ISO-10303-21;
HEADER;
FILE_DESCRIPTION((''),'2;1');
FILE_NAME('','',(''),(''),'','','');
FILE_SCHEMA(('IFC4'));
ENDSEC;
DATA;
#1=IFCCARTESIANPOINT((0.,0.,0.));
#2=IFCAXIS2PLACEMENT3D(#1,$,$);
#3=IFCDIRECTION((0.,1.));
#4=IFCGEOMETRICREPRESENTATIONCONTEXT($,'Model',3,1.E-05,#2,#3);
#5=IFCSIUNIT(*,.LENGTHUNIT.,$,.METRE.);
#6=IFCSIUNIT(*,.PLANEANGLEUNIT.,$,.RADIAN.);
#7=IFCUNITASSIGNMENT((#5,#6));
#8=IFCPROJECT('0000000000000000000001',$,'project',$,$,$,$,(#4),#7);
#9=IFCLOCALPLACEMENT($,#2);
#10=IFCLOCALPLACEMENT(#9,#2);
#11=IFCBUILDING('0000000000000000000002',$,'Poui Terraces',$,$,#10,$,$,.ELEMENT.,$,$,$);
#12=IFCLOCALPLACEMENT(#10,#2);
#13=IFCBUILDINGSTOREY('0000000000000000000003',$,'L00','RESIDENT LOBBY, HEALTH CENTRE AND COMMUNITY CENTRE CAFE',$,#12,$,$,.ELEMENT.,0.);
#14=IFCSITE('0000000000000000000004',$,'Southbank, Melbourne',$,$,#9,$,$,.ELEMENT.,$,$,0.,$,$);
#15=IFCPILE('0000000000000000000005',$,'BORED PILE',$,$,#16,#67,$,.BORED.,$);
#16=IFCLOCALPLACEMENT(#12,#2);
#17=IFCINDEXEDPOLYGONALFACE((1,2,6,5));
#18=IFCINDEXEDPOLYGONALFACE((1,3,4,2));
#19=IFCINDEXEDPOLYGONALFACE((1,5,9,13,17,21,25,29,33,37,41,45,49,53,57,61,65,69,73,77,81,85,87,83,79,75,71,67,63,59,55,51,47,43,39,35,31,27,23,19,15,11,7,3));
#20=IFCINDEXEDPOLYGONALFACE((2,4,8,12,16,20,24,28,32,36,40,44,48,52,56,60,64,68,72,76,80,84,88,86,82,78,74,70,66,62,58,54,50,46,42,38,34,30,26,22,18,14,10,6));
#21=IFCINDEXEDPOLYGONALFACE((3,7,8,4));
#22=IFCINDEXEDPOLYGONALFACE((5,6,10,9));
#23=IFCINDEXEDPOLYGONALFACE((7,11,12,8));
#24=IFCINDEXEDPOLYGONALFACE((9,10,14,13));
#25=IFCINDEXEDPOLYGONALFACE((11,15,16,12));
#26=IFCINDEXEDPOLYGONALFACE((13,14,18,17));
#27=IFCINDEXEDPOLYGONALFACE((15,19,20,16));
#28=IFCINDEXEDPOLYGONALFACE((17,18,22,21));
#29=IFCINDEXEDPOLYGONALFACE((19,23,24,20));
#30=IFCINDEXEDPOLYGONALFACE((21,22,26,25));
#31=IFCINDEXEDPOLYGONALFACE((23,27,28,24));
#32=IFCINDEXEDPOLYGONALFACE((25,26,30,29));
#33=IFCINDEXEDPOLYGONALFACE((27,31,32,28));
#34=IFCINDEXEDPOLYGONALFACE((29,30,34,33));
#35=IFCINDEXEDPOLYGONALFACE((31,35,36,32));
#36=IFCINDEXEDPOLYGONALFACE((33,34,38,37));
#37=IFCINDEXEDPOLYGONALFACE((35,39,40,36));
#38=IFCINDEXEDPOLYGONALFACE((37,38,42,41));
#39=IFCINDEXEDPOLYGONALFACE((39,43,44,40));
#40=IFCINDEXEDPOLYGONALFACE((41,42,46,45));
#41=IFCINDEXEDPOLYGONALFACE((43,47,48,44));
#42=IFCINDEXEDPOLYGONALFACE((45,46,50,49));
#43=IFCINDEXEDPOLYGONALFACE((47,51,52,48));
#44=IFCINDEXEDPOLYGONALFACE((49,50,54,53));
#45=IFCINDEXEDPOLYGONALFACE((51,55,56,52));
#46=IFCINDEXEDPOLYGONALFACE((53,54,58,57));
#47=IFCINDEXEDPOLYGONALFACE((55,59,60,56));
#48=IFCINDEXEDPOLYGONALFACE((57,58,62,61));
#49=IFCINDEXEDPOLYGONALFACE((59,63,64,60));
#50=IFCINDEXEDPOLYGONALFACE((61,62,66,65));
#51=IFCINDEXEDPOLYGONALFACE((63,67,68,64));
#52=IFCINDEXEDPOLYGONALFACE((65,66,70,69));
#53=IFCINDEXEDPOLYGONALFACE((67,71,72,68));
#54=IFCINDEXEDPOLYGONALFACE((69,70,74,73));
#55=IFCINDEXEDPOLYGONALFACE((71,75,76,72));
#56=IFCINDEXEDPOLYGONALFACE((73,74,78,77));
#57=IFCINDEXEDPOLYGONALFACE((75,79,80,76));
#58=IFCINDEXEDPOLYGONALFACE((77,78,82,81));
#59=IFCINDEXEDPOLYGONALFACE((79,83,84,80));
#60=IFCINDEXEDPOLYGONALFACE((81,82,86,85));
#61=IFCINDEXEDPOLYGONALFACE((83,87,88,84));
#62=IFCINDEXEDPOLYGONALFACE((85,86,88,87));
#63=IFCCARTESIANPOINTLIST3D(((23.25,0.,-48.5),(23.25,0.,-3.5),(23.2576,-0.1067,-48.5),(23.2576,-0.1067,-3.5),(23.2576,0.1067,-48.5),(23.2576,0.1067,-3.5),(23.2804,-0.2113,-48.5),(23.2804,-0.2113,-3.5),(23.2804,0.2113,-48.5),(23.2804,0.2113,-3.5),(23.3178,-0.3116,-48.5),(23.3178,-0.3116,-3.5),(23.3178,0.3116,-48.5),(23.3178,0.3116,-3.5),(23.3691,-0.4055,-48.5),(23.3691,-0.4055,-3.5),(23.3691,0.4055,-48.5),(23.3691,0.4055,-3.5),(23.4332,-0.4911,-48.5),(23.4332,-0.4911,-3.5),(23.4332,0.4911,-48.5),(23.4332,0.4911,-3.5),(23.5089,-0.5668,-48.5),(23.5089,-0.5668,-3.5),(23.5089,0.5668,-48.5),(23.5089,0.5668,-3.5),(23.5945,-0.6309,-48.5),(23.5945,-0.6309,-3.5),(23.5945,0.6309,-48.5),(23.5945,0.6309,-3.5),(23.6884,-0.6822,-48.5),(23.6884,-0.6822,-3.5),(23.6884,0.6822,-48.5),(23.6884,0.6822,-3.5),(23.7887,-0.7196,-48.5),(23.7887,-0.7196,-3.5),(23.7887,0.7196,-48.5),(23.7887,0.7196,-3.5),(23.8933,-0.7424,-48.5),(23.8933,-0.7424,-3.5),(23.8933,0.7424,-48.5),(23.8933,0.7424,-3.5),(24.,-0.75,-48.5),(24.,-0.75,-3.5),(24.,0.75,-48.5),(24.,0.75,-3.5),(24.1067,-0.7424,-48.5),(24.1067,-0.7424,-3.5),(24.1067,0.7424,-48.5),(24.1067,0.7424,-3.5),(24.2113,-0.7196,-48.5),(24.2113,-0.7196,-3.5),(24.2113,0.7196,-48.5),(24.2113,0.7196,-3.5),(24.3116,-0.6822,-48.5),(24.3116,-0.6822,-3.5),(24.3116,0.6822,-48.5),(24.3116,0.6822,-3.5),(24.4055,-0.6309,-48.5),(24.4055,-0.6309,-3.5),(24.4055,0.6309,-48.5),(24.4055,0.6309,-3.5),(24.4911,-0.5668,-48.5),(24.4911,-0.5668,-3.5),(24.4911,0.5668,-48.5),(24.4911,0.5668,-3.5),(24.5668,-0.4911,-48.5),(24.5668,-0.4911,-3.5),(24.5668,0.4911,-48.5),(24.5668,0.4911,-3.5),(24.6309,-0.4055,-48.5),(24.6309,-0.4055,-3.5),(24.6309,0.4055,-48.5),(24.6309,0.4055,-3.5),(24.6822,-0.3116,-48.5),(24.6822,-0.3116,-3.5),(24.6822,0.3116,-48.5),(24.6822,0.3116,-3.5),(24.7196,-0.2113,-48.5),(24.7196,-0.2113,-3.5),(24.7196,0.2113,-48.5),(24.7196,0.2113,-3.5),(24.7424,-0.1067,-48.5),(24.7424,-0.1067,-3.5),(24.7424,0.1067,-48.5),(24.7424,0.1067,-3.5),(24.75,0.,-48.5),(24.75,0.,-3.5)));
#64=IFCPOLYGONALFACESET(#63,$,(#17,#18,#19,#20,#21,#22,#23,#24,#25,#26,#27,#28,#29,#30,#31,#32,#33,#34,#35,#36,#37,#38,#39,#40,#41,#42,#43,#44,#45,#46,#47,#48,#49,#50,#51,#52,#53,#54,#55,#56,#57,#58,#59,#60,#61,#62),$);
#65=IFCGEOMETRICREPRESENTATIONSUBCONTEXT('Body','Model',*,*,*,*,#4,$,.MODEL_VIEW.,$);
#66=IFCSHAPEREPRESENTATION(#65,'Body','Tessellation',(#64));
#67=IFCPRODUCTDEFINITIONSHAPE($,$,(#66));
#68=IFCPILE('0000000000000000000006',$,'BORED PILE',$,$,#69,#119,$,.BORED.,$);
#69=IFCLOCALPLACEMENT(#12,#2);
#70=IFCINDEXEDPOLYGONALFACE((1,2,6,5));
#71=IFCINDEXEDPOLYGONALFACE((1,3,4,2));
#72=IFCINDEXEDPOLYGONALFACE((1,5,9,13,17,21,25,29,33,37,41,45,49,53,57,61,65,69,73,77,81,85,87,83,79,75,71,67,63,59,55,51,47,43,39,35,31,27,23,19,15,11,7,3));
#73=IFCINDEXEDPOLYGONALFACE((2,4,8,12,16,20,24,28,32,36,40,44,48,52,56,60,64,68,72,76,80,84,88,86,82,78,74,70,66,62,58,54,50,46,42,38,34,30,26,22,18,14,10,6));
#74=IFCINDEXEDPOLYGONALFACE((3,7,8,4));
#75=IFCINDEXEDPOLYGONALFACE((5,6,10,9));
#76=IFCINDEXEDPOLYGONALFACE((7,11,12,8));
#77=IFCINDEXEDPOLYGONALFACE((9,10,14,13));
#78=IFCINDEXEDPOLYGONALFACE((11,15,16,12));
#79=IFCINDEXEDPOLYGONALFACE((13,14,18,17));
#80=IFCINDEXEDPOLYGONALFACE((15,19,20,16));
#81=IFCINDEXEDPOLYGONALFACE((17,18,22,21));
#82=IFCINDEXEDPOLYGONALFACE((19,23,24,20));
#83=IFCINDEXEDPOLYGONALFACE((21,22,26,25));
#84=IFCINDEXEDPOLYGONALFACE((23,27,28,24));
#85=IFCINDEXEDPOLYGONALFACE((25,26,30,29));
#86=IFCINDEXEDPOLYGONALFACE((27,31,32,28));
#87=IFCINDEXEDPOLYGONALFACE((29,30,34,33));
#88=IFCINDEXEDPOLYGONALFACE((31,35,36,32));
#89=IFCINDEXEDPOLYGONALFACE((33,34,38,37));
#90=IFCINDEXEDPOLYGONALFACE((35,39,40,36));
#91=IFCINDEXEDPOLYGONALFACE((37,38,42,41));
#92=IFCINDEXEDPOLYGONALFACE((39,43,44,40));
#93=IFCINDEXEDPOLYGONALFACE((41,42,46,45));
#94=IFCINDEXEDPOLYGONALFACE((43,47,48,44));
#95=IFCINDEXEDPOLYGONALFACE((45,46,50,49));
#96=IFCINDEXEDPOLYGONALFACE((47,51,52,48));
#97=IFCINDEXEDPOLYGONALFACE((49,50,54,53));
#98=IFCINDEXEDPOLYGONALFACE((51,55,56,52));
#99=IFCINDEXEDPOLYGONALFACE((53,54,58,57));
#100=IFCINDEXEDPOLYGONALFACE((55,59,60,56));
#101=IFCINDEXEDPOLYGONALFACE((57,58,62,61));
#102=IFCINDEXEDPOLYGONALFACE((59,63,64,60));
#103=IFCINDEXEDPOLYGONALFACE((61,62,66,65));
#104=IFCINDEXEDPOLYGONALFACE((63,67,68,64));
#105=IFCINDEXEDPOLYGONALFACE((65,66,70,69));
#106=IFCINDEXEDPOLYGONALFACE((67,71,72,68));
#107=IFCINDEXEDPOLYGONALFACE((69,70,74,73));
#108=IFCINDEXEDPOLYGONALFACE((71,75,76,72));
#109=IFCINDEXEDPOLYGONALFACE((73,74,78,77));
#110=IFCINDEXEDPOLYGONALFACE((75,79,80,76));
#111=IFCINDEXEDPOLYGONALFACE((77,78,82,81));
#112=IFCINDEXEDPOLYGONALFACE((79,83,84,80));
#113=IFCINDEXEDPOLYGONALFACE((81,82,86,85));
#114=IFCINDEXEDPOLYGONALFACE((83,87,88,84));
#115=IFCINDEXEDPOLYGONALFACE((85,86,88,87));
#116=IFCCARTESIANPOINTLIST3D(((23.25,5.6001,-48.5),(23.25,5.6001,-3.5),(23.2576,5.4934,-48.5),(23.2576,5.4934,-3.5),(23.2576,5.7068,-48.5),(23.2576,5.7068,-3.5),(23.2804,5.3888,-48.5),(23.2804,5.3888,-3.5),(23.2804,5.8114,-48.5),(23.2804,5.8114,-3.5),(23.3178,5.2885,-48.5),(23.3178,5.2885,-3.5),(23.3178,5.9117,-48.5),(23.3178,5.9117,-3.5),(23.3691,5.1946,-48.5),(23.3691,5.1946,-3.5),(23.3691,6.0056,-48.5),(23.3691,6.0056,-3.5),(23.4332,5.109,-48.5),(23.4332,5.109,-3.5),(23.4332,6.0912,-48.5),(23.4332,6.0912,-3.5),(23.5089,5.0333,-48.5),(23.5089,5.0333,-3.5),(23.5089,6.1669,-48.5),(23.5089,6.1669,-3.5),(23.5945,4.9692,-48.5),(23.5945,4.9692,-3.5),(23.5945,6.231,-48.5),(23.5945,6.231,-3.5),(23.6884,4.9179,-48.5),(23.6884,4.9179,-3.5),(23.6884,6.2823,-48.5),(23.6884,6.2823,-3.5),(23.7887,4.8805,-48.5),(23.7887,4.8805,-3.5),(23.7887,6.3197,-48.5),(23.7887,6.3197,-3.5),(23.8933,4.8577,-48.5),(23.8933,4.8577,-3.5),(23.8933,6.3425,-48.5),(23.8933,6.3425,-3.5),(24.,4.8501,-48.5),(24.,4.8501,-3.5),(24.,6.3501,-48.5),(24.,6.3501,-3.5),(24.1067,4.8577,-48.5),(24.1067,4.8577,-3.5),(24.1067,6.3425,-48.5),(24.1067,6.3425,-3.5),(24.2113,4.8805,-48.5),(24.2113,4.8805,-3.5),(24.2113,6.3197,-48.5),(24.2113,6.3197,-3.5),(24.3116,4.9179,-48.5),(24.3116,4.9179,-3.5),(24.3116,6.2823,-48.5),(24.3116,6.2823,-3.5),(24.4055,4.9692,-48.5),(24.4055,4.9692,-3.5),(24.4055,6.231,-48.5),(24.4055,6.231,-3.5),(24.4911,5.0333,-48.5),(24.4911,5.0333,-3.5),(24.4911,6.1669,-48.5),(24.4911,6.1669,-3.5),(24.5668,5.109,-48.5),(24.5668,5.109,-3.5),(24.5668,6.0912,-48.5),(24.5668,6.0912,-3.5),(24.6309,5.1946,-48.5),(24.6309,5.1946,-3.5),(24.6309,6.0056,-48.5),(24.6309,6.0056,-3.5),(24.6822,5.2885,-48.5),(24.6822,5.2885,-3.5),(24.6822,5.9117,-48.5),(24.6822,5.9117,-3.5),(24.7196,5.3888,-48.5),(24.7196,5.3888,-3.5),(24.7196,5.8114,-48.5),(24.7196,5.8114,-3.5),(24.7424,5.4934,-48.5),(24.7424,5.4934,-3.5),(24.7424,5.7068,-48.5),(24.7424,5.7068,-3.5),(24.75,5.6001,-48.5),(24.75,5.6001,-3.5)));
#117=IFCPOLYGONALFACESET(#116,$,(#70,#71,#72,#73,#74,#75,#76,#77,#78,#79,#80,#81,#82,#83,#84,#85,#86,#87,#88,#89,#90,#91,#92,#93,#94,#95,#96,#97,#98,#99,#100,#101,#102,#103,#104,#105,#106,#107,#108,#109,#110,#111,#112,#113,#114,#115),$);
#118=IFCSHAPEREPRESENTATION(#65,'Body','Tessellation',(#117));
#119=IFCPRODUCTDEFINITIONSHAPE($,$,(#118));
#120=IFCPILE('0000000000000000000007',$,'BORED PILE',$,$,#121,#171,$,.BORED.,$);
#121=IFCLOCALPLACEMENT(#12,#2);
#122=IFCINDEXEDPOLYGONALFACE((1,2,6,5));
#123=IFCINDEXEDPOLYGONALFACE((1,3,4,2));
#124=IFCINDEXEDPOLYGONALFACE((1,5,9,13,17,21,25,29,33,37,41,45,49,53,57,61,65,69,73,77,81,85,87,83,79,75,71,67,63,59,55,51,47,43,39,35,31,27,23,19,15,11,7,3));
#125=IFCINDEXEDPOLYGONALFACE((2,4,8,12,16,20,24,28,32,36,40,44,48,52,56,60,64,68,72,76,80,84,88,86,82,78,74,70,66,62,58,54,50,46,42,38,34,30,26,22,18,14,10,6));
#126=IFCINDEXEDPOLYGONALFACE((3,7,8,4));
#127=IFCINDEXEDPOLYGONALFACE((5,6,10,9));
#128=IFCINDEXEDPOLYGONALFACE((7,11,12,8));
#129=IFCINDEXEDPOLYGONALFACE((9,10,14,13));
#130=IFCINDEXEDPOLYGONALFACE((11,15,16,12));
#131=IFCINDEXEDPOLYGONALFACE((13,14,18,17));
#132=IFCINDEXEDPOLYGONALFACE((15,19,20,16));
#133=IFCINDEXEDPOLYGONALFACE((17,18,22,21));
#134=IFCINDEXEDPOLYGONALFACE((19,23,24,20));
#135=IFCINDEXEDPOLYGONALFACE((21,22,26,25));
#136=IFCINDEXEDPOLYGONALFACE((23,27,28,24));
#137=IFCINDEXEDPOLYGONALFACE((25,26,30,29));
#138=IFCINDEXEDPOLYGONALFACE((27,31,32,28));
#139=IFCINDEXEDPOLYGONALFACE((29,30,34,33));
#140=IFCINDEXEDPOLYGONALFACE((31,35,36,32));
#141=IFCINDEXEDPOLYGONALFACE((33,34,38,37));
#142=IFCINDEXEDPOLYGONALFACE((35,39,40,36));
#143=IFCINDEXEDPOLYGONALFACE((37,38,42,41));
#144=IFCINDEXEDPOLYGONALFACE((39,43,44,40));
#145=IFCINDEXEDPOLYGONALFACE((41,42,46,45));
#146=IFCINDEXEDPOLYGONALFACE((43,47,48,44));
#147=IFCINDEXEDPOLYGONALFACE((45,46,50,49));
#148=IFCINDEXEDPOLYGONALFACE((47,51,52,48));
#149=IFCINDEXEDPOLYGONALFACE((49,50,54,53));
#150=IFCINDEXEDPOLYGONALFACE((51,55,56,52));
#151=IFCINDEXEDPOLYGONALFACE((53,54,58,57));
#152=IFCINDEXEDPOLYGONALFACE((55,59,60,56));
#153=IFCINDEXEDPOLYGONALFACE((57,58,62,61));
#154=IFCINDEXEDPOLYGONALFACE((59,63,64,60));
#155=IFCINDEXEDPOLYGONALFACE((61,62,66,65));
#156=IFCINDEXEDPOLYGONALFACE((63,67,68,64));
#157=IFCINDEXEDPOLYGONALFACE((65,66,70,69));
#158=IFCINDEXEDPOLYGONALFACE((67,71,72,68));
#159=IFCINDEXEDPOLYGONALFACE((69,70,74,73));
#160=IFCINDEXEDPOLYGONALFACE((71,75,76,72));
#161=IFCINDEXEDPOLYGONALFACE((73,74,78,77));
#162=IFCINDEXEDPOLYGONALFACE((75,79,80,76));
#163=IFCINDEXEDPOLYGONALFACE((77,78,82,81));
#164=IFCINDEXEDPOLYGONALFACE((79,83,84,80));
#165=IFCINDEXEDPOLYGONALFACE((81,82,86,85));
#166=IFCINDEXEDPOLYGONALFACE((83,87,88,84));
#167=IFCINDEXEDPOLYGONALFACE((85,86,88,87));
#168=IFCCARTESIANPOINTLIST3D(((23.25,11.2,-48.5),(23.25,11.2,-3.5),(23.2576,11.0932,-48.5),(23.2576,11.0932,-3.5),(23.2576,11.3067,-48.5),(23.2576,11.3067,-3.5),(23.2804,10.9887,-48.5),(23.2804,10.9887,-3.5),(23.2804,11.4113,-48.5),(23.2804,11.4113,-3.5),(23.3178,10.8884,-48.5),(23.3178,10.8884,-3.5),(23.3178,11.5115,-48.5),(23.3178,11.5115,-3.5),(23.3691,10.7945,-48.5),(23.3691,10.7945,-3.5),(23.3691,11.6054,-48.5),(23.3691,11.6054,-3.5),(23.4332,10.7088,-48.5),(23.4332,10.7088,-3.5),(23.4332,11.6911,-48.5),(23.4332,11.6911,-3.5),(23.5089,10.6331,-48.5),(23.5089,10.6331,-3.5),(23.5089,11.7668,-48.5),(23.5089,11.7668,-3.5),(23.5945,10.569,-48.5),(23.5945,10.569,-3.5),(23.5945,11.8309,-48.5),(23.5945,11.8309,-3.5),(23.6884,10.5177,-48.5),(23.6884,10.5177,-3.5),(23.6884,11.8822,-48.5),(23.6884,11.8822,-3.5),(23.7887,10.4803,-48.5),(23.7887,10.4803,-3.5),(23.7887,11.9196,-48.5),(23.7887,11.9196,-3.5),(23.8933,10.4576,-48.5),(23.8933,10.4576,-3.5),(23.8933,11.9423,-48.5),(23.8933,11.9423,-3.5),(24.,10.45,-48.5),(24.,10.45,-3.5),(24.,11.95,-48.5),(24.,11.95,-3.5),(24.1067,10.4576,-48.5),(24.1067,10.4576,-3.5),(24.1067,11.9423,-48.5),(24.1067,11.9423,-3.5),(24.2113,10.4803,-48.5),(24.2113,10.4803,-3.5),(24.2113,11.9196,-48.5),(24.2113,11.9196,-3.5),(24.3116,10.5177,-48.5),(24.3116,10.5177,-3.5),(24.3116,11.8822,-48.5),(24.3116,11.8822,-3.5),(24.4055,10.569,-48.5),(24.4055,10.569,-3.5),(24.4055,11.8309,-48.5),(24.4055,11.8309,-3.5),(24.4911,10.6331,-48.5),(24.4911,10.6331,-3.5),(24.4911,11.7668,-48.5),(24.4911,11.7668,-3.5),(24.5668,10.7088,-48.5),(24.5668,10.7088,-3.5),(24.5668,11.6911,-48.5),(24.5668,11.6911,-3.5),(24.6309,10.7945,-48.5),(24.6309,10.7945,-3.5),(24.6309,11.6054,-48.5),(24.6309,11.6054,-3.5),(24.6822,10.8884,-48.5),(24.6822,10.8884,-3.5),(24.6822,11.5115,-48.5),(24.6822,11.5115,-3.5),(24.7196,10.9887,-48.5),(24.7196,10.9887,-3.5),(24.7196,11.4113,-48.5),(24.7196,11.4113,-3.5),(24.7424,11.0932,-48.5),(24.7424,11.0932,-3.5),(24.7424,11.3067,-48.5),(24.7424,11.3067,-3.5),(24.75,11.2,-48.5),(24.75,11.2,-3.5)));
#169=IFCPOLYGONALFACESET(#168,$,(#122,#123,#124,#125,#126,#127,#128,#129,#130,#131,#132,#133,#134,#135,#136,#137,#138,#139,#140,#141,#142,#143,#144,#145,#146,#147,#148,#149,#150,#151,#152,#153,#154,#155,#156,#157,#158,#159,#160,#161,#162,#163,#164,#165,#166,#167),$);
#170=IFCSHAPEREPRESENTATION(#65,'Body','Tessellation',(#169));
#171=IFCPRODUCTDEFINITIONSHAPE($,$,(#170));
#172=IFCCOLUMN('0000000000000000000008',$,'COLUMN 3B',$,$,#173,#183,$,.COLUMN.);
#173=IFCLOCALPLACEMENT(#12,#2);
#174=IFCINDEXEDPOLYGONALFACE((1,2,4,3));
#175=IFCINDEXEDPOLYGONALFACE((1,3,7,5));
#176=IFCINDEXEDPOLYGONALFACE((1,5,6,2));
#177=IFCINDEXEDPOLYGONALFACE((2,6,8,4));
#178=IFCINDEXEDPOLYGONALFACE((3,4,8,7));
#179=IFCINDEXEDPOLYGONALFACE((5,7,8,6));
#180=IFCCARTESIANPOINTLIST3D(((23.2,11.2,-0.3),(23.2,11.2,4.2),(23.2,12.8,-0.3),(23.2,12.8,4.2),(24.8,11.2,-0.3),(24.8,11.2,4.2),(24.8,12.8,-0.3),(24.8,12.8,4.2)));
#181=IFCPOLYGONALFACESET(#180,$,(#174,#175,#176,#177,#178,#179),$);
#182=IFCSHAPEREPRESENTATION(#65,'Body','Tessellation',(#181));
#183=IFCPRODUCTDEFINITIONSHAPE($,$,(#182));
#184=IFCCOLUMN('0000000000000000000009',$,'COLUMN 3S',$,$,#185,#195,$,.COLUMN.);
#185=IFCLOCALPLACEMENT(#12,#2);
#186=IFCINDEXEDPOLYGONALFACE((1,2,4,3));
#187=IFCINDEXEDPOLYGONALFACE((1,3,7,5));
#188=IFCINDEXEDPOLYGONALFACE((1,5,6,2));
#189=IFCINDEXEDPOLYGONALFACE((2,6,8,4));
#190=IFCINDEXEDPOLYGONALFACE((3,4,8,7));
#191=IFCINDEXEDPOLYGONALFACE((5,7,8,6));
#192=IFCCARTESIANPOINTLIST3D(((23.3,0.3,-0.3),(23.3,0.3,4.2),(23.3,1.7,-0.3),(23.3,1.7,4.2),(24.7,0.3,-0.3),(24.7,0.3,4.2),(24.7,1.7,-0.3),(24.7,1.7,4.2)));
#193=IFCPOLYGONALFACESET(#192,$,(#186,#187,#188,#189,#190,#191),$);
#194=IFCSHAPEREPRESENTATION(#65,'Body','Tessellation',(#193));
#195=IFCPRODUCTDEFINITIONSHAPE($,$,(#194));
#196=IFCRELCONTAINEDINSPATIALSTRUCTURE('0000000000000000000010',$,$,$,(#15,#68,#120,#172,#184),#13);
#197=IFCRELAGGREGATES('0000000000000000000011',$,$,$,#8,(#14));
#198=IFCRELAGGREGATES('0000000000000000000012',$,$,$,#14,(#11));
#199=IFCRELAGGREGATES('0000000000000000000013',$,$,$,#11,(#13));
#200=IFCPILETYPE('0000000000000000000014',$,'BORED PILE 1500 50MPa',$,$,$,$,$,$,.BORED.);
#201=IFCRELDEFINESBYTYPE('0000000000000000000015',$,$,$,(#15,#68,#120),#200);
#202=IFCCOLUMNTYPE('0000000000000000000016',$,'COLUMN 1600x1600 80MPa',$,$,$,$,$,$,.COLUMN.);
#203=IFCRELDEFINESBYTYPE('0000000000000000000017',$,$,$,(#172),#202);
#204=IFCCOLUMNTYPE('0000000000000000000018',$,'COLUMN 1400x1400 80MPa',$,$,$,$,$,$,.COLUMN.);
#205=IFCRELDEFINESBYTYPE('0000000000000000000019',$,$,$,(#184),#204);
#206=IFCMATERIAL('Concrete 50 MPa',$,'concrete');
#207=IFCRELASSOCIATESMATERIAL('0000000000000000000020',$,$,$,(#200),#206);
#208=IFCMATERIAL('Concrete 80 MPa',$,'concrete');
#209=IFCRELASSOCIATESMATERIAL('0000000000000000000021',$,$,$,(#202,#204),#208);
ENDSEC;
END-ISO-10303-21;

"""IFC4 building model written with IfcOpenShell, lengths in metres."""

from ifc_helpers import new_model, si_unit, direction, frame, origin, origin_2d, place, context, subcontext, project, spatial, rectangle, circle, extrude, source, transform, mapped, material, material_profile, profile_set, type_object, element, save


model = new_model("IFC4")

# Units and contexts
model_context = context("Model", 3, precision=1e-05, world=origin(), true_north=direction((0.0, 1.0)))
body_context = subcontext(model_context, "Body", "Model", "MODEL_VIEW")
ifc_project = project(units=[si_unit("LENGTHUNIT", "METRE"), si_unit("PLANEANGLEUNIT", "RADIAN")], contexts=[model_context])

# Site, building, storey
site_placement = place(None, origin())
site = spatial("IfcSite", under=ifc_project, at=site_placement, Name="Southbank, Melbourne", CompositionType="ELEMENT", RefElevation=0.0)
building_placement = place(site_placement, origin())
building = spatial("IfcBuilding", under=site, at=building_placement, Name="Poui Terraces", CompositionType="ELEMENT")
storey_placement = place(building_placement, origin())
storey = spatial("IfcBuildingStorey", under=building, at=storey_placement, Name="L00", Description="RESIDENT LOBBY, HEALTH CENTRE AND COMMUNITY CENTRE CAFE", CompositionType="ELEMENT", Elevation=0.0)

# Piles
ifc_material_1 = material(Name="Concrete 50 MPa", Category="concrete")
ifc_material_profile_1 = material_profile(ifc_material_1, circle(Radius=0.75, at=origin_2d()), Name="RC D1500")
ifc_profile_set_1 = profile_set([ifc_material_profile_1], Name="Concrete 50 MPa")
pile_type = type_object("IfcPileType", Name="BORED PILE 1500 50MPa", PredefinedType="BORED", material=ifc_profile_set_1)
for number, where, z_axis, x_axis, name in (
    (1, (24.0, 0.0, -3.5), (0.0, 0.0, -1.0), (1.0, 0.0, 0.0), "BORED PILE"),
    (2, (24.0, 5.6001, -3.5), (0.0, 0.0, -1.0), (1.0, 0.0, 0.0), "BORED PILE"),
    (3, (24.0, 11.2, -3.5), (0.0, 0.0, -1.0), (1.0, 0.0, 0.0), "BORED PILE"),
):
    element("IfcPile", number, at=place(storey_placement, frame(where, z_axis=z_axis, x_axis=x_axis)), inside=storey, type_object=pile_type, Name=name, PredefinedType="BORED", context=body_context, shape_type="SweptSolid", body=[
        extrude(circle(Radius=0.75, at=origin_2d()), origin(), (0.0, 0.0, 1.0), 45.0),
    ])

# Columns
ifc_material_2 = material(Name="Concrete 80 MPa", Category="concrete")
ifc_material_profile_2 = material_profile(ifc_material_2, rectangle(XDim=1.6001, YDim=1.6001, at=origin_2d()), Name="RC 1600x1600")
ifc_profile_set_2 = profile_set([ifc_material_profile_2], Name="Concrete 80 MPa")
column_type_1 = type_object("IfcColumnType", Name="COLUMN 1600x1600 80MPa", PredefinedType="COLUMN", material=ifc_profile_set_2)
shared_shape_1 = source(origin(), body_context, "Body", "SweptSolid", [
    extrude(rectangle(XDim=1.6001, YDim=1.6001, at=origin_2d()), origin(), (0.0, 0.0, 1.0), 4.5),
])
column_1_placement = place(storey_placement, frame((24.0, 12.0, -0.3), z_axis=(0.0, 0.0, 1.0), x_axis=(1.0, 0.0, 0.0)))
element("IfcColumn", 4, at=column_1_placement, inside=storey, type_object=column_type_1, Name="COLUMN 3B", PredefinedType="COLUMN", context=body_context, shape_type="MappedRepresentation", body=[
    mapped(shared_shape_1, transform((0.0, 0.0, 0.0))),
])
ifc_material_profile_3 = material_profile(ifc_material_2, rectangle(XDim=1.3999, YDim=1.3999, at=origin_2d()), Name="RC 1400x1400")
ifc_profile_set_3 = profile_set([ifc_material_profile_3], Name="Concrete 80 MPa")
column_type_2 = type_object("IfcColumnType", Name="COLUMN 1400x1400 80MPa", PredefinedType="COLUMN", material=ifc_profile_set_3)
shared_shape_2 = source(origin(), body_context, "Body", "SweptSolid", [
    extrude(rectangle(XDim=1.3999, YDim=1.3999, at=origin_2d()), origin(), (0.0, 0.0, 1.0), 4.5),
])
column_2_placement = place(storey_placement, frame((24.0, 1.0, -0.3), z_axis=(0.0, 0.0, 1.0), x_axis=(1.0, 0.0, 0.0)))
element("IfcColumn", 5, at=column_2_placement, inside=storey, type_object=column_type_2, Name="COLUMN 3S", PredefinedType="COLUMN", context=body_context, shape_type="MappedRepresentation", body=[
    mapped(shared_shape_2, transform((0.0, 0.0, 0.0))),
])

save(model, "model.ifc")
